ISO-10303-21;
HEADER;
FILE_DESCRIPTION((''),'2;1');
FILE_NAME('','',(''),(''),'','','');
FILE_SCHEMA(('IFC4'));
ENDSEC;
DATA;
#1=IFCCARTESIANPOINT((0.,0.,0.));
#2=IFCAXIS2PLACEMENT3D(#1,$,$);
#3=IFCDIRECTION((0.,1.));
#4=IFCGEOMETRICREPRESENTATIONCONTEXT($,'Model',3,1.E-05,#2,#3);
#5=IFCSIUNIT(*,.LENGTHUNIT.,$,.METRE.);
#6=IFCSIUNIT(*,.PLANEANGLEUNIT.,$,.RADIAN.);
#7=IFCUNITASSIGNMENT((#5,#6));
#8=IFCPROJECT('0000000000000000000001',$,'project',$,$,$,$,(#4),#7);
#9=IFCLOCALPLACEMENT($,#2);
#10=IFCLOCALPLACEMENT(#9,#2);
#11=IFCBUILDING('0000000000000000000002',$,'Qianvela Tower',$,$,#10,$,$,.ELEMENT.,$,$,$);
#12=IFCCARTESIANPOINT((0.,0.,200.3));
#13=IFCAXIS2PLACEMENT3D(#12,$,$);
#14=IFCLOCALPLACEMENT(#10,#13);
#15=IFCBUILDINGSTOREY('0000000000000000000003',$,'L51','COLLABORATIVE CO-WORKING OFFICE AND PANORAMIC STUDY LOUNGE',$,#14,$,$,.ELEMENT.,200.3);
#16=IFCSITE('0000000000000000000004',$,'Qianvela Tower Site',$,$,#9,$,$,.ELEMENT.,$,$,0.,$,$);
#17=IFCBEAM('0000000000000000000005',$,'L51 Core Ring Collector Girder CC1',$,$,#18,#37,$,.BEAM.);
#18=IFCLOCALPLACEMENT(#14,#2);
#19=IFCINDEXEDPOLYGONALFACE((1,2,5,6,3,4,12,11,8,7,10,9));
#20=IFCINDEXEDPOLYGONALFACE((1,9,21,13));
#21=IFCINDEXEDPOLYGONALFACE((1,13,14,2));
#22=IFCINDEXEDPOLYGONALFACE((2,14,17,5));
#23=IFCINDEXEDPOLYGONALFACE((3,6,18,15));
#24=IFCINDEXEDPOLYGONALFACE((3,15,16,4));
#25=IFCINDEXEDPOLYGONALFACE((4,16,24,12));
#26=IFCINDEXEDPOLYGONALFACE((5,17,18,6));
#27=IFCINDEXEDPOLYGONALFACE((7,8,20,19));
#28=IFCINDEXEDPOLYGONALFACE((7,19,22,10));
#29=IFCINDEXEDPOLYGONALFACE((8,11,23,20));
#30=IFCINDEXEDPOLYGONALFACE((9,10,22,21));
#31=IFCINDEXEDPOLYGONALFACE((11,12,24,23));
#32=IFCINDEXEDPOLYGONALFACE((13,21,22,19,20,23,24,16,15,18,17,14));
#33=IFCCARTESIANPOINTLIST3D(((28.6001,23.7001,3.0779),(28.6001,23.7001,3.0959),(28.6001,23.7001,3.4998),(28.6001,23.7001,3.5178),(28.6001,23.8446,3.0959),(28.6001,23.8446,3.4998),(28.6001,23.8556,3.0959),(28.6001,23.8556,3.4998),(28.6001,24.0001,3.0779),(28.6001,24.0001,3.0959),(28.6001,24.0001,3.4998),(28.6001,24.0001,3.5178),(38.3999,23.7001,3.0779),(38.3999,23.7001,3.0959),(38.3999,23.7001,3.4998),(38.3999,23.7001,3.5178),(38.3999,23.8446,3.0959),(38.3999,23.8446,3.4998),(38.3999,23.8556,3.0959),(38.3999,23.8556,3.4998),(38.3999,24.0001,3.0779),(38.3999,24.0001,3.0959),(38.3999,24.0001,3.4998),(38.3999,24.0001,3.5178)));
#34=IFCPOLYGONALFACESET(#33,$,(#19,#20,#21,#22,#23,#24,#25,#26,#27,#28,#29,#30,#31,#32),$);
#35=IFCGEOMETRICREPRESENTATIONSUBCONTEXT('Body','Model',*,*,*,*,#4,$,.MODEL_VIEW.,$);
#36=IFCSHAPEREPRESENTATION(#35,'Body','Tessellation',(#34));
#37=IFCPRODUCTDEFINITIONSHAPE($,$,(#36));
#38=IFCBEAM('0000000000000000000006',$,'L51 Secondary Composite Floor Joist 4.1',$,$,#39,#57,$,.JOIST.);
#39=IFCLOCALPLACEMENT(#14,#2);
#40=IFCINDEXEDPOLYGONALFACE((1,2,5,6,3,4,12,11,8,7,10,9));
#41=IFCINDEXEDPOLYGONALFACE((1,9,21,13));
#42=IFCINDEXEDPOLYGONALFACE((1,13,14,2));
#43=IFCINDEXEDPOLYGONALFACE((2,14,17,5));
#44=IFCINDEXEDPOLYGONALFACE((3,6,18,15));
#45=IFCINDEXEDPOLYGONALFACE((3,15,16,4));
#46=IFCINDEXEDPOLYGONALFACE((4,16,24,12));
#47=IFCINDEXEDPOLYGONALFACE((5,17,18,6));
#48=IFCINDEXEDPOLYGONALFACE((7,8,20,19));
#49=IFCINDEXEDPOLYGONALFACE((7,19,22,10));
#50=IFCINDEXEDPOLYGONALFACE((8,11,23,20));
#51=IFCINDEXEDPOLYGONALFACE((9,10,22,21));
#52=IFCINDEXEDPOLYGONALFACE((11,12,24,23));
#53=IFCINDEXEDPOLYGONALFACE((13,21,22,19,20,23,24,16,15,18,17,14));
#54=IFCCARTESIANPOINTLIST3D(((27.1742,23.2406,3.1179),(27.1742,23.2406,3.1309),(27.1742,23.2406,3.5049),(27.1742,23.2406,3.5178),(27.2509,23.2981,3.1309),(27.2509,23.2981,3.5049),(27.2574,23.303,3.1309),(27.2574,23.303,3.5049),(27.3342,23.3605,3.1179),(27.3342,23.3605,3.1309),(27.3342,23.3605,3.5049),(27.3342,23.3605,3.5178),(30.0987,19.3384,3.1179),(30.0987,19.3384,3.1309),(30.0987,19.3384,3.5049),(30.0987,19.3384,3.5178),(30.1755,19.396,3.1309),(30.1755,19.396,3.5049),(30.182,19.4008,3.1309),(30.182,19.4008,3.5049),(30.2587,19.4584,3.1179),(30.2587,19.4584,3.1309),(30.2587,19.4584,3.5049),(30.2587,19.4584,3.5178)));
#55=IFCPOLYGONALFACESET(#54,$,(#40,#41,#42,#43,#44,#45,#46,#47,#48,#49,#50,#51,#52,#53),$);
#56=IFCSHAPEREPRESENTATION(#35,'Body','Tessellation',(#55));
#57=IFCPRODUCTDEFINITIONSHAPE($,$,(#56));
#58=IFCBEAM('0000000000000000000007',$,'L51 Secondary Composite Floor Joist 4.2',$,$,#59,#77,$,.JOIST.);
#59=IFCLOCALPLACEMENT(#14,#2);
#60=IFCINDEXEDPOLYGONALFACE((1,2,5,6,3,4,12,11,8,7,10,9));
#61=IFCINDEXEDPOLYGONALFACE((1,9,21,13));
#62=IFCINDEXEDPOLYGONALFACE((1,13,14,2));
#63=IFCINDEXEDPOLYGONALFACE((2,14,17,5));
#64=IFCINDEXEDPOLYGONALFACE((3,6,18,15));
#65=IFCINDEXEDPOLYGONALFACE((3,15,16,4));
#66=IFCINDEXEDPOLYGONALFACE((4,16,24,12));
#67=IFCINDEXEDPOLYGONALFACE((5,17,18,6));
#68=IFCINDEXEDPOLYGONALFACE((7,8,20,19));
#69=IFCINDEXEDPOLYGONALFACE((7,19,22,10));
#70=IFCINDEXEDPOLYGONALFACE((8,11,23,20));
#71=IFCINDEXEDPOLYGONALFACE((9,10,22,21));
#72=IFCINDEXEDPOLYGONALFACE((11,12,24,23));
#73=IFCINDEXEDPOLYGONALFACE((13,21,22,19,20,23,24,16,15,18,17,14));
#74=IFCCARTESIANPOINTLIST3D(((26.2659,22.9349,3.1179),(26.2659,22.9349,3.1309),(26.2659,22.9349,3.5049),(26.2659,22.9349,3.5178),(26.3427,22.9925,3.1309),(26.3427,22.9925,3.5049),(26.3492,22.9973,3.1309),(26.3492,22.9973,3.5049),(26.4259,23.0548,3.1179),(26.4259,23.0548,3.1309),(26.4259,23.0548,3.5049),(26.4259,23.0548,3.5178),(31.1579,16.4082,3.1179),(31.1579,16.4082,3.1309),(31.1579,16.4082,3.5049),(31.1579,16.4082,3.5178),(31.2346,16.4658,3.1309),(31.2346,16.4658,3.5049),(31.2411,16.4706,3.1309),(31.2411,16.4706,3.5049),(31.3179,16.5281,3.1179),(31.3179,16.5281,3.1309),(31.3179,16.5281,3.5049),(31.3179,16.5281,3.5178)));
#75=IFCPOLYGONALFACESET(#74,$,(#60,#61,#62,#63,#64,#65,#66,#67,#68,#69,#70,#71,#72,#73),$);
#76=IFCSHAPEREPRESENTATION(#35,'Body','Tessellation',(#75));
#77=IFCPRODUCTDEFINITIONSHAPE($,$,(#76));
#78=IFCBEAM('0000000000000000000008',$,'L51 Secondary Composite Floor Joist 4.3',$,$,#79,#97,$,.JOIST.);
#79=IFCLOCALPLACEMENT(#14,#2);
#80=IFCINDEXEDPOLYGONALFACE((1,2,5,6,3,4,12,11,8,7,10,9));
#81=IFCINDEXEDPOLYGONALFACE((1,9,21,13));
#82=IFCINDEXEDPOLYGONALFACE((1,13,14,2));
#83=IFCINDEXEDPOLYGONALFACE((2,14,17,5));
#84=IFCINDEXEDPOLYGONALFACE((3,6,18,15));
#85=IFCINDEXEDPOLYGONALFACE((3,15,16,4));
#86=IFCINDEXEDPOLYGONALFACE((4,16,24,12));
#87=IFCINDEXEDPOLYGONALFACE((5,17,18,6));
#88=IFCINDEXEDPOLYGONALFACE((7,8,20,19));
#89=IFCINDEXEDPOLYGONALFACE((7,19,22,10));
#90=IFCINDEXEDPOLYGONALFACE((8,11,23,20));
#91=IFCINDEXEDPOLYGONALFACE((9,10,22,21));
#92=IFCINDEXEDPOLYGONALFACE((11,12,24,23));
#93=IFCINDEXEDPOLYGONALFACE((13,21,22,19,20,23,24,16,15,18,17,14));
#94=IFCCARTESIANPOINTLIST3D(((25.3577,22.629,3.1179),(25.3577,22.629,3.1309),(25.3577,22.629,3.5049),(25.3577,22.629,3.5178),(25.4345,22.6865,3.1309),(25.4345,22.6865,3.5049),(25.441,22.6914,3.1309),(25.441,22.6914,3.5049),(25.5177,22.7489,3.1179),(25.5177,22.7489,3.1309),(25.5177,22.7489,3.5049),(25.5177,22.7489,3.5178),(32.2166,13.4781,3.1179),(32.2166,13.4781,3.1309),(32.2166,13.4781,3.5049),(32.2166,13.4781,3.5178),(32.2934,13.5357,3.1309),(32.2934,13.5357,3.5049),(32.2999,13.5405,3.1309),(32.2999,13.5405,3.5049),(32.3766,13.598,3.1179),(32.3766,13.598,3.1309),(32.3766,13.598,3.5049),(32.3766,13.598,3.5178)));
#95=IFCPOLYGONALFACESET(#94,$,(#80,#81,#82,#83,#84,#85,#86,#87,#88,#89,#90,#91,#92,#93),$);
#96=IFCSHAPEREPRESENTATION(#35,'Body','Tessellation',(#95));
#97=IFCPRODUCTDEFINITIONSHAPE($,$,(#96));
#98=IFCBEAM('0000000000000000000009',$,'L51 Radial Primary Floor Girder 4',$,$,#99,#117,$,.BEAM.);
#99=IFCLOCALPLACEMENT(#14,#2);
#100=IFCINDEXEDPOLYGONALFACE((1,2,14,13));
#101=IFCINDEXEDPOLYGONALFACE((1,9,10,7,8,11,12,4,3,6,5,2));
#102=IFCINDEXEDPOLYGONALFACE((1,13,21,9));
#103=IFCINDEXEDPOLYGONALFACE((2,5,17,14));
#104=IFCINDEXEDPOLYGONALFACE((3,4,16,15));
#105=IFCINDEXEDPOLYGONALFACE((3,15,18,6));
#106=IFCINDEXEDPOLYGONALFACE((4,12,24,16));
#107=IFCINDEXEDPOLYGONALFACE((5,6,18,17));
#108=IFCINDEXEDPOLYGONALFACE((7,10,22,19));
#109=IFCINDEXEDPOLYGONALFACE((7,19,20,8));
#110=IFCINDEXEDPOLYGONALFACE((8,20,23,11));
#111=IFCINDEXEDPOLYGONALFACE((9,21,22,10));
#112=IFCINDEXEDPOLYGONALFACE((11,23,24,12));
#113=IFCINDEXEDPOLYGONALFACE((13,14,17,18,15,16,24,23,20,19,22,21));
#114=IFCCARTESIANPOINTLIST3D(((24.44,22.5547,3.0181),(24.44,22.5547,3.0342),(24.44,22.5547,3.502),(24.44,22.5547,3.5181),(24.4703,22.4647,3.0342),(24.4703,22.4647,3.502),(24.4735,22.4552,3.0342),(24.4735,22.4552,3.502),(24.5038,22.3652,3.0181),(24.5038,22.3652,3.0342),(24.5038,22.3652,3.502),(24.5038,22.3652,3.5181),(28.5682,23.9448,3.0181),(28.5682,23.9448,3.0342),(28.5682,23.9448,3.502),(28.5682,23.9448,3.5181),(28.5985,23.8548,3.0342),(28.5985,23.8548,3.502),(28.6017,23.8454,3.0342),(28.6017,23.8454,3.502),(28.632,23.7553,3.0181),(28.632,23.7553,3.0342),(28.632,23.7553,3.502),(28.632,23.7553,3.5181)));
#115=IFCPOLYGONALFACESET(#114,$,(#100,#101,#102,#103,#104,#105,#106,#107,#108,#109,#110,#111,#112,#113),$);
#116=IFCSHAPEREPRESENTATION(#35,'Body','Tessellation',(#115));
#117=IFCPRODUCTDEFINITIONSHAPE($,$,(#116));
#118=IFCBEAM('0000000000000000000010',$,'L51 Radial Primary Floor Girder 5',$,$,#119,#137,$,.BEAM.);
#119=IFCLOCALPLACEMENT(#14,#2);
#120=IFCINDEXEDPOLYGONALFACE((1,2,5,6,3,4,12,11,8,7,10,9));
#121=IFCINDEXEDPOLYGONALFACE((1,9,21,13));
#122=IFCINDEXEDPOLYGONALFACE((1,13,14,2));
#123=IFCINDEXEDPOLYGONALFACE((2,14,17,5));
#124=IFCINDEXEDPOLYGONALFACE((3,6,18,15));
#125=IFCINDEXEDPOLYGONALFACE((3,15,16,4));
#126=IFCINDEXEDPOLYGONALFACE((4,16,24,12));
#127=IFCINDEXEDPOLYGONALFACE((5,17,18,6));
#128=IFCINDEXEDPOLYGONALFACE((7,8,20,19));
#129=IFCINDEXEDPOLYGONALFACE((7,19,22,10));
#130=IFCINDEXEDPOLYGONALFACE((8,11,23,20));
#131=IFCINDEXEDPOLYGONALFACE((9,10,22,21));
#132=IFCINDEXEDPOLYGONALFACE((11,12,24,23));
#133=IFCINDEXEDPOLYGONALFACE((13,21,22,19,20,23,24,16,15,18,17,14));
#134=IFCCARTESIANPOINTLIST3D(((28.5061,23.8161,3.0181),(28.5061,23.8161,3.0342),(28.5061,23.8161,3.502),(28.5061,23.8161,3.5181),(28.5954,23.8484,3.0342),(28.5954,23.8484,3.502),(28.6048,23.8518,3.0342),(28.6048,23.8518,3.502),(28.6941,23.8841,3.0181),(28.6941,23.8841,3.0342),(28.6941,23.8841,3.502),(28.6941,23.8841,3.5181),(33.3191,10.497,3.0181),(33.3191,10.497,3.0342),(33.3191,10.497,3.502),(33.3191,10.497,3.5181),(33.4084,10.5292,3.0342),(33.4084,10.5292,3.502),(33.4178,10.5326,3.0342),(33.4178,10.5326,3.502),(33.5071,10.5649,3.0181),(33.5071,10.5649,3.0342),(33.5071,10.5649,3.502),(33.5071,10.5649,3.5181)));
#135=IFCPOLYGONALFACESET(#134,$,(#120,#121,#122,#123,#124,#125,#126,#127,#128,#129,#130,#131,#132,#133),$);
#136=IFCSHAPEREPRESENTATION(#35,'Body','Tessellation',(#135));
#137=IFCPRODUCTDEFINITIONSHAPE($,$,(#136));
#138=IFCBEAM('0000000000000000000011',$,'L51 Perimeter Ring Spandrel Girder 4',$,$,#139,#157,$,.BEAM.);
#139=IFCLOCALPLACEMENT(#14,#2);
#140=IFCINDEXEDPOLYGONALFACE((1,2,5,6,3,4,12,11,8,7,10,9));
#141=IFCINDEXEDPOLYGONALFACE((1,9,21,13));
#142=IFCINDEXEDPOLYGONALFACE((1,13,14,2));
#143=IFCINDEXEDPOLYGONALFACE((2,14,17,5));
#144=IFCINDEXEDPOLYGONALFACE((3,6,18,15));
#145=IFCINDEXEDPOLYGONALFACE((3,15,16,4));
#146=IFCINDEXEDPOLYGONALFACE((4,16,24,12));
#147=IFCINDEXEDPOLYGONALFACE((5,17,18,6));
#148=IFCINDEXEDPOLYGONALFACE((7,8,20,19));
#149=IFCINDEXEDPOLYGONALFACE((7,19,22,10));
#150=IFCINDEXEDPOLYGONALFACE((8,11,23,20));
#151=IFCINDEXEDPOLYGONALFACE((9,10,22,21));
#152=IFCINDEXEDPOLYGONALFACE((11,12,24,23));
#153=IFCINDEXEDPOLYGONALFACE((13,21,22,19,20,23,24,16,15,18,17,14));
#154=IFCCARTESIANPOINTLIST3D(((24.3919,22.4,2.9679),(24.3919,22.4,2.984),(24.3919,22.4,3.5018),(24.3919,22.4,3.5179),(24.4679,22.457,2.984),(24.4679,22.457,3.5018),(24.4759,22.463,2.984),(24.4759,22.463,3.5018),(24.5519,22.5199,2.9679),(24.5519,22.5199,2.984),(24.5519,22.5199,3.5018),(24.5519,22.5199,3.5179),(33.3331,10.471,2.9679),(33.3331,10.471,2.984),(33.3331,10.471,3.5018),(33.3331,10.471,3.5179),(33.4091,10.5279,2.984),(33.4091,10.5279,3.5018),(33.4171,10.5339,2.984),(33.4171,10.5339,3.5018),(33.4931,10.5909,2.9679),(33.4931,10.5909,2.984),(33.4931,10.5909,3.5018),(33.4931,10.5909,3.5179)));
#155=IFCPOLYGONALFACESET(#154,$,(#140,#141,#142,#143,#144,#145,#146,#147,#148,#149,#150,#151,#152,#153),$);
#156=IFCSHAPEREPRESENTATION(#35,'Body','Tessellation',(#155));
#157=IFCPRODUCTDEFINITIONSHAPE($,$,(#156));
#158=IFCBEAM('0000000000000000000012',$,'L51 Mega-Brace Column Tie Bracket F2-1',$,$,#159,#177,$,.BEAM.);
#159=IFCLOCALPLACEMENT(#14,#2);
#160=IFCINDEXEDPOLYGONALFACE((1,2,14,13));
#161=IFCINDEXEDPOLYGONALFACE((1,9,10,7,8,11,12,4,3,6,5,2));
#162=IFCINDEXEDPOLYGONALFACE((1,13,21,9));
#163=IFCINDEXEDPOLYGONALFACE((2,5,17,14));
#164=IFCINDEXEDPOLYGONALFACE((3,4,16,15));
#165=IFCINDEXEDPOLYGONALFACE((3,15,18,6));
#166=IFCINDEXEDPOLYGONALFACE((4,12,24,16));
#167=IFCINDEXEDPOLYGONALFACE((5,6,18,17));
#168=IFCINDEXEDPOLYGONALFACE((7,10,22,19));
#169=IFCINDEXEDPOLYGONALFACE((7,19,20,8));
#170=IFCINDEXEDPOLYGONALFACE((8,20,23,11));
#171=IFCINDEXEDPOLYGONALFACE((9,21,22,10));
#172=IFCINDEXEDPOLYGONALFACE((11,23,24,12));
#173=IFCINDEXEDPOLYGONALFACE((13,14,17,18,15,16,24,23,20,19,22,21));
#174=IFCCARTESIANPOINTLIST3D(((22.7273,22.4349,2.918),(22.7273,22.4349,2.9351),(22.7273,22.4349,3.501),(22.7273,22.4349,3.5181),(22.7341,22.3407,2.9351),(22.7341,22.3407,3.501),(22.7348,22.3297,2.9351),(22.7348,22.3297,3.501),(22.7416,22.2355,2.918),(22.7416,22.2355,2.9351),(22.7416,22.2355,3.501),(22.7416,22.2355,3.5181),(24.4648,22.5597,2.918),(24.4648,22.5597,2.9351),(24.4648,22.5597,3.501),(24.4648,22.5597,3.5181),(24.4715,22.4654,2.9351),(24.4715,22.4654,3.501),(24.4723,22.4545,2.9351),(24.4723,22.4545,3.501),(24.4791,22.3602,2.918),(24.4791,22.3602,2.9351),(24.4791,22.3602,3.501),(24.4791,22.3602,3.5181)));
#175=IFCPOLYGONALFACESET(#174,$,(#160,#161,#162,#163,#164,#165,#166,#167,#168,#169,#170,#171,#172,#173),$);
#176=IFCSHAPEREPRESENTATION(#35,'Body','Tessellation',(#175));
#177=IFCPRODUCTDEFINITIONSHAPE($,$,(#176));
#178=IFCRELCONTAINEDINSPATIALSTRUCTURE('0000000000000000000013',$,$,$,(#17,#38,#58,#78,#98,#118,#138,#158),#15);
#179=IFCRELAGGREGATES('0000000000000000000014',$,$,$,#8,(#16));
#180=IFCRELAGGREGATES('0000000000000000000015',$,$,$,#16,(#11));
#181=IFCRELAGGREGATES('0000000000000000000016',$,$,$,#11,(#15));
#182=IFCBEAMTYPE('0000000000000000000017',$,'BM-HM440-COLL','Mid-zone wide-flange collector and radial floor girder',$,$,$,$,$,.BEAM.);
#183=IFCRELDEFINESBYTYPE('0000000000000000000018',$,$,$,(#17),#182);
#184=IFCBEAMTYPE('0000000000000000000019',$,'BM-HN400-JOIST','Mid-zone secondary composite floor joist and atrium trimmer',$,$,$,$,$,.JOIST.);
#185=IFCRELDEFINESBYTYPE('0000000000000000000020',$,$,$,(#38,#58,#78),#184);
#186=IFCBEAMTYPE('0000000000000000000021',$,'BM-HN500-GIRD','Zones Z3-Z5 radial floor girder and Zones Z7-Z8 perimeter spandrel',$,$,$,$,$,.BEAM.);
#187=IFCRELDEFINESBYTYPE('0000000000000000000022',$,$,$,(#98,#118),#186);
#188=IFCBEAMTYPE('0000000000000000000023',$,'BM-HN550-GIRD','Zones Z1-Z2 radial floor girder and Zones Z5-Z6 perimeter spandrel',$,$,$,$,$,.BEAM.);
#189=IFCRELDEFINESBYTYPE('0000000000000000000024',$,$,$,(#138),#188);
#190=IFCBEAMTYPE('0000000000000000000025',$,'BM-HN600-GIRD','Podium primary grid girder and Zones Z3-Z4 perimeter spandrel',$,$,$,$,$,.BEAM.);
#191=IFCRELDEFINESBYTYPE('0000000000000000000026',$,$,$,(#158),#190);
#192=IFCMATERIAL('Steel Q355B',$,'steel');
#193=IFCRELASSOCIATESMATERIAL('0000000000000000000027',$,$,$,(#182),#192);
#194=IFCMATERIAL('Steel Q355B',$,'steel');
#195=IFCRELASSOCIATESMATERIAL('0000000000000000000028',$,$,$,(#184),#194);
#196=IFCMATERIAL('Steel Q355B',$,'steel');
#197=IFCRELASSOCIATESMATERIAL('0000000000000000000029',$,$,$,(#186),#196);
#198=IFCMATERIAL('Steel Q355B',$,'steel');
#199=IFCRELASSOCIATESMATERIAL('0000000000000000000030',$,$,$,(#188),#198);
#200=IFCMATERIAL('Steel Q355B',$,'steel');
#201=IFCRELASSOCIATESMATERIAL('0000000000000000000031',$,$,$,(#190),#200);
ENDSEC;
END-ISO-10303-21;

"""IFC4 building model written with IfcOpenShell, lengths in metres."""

from ifc_helpers import new_model, si_unit, direction, frame, origin, origin_2d, place, context, subcontext, project, spatial, i_section, extrude, material, material_profile, profile_set, type_object, element, save


model = new_model("IFC4")

# Units and contexts
model_context = context("Model", 3, precision=1e-05, world=origin(), true_north=direction((0.0, 1.0)))
body_context = subcontext(model_context, "Body", "Model", "MODEL_VIEW")
ifc_project = project(units=[si_unit("LENGTHUNIT", "METRE"), si_unit("PLANEANGLEUNIT", "RADIAN")], contexts=[model_context])

# Site, building, storey
site_placement = place(None, origin())
site = spatial("IfcSite", under=ifc_project, at=site_placement, Name="Qianvela Tower Site", CompositionType="ELEMENT", RefElevation=0.0)
building_placement = place(site_placement, origin())
building = spatial("IfcBuilding", under=site, at=building_placement, Name="Qianvela Tower", CompositionType="ELEMENT")
storey_placement = place(building_placement, frame((0.0, 0.0, 200.3)))
storey = spatial("IfcBuildingStorey", under=building, at=storey_placement, Name="L51", Description="COLLABORATIVE CO-WORKING OFFICE AND PANORAMIC STUDY LOUNGE", CompositionType="ELEMENT", Elevation=200.3)

# Beams
ifc_material_1 = material(Name="Steel Q355B", Category="steel")
ifc_material_profile_1 = material_profile(ifc_material_1, i_section(OverallWidth=0.3, OverallDepth=0.4399, WebThickness=0.011, FlangeThickness=0.0181, at=origin_2d()), Name="HM440x300x11x18")
ifc_profile_set_1 = profile_set([ifc_material_profile_1], Name="Steel Q355B")
beam_type_1 = type_object("IfcBeamType", Name="BM-HM440-COLL", Description="Mid-zone wide-flange collector and radial floor girder", PredefinedType="BEAM", material=ifc_profile_set_1)
beam_1_placement = place(storey_placement, frame((28.6001, 23.8501, 3.2979), z_axis=(1.0, 0.0, 0.0), x_axis=(0.0, 1.0, 0.0)))
element("IfcBeam", 1, at=beam_1_placement, inside=storey, type_object=beam_type_1, Name="L51 Core Ring Collector Girder CC1", PredefinedType="BEAM", context=body_context, shape_type="SweptSolid", body=[
    extrude(i_section(OverallWidth=0.3, OverallDepth=0.4399, WebThickness=0.011, FlangeThickness=0.0181, at=origin_2d()), origin(), (0.0, 0.0, 1.0), 9.7998),
])
ifc_material_2 = material(Name="Steel Q355B", Category="steel")
ifc_material_profile_2 = material_profile(ifc_material_2, i_section(OverallWidth=0.2, OverallDepth=0.3999, WebThickness=0.0081, FlangeThickness=0.0129, at=origin_2d()), Name="HN400x200x8x13")
ifc_profile_set_2 = profile_set([ifc_material_profile_2], Name="Steel Q355B")
beam_type_2 = type_object("IfcBeamType", Name="BM-HN400-JOIST", Description="Mid-zone secondary composite floor joist and atrium trimmer", PredefinedType="JOIST", material=ifc_profile_set_2)
beam_2_placement = place(storey_placement, frame((27.2542, 23.3005, 3.3179), z_axis=(0.599736, -0.800198, 0.0), x_axis=(0.800198, 0.599736, 0.0)))
element("IfcBeam", 2, at=beam_2_placement, inside=storey, type_object=beam_type_2, Name="L51 Secondary Composite Floor Joist 4.1", PredefinedType="JOIST", context=body_context, shape_type="SweptSolid", body=[
    extrude(i_section(OverallWidth=0.2, OverallDepth=0.3999, WebThickness=0.0081, FlangeThickness=0.0129, at=origin_2d()), origin(), (0.0, 0.0, 1.0), 4.8765),
])
beam_3_placement = place(storey_placement, frame((26.3459, 22.9949, 3.3179), z_axis=(0.599756, -0.800183, 0.0), x_axis=(0.800183, 0.599756, 0.0)))
element("IfcBeam", 3, at=beam_3_placement, inside=storey, type_object=beam_type_2, Name="L51 Secondary Composite Floor Joist 4.2", PredefinedType="JOIST", context=body_context, shape_type="SweptSolid", body=[
    extrude(i_section(OverallWidth=0.2, OverallDepth=0.3999, WebThickness=0.0081, FlangeThickness=0.0129, at=origin_2d()), origin(), (0.0, 0.0, 1.0), 8.1565),
])
beam_4_placement = place(storey_placement, frame((25.4377, 22.689, 3.3179), z_axis=(0.599761, -0.800179, 0.0), x_axis=(0.800179, 0.599761, 0.0)))
element("IfcBeam", 4, at=beam_4_placement, inside=storey, type_object=beam_type_2, Name="L51 Secondary Composite Floor Joist 4.3", PredefinedType="JOIST", context=body_context, shape_type="SweptSolid", body=[
    extrude(i_section(OverallWidth=0.2, OverallDepth=0.3999, WebThickness=0.0081, FlangeThickness=0.0129, at=origin_2d()), origin(), (0.0, 0.0, 1.0), 11.436),
])
ifc_material_3 = material(Name="Steel Q355B", Category="steel")
ifc_material_profile_3 = material_profile(ifc_material_3, i_section(OverallWidth=0.2, OverallDepth=0.5, WebThickness=0.01, FlangeThickness=0.0161, at=origin_2d()), Name="HN500x200x10x16")
ifc_profile_set_3 = profile_set([ifc_material_profile_3], Name="Steel Q355B")
beam_type_3 = type_object("IfcBeamType", Name="BM-HN500-GIRD", Description="Zones Z3-Z5 radial floor girder and Zones Z7-Z8 perimeter spandrel", PredefinedType="BEAM", material=ifc_profile_set_3)
beam_5_placement = place(storey_placement, frame((28.6001, 23.8501, 3.2681), z_axis=(-0.947709, -0.319135, 0.0), x_axis=(0.319135, -0.947709, 0.0)))
element("IfcBeam", 5, at=beam_5_placement, inside=storey, type_object=beam_type_3, Name="L51 Radial Primary Floor Girder 4", PredefinedType="BEAM", context=body_context, shape_type="SweptSolid", body=[
    extrude(i_section(OverallWidth=0.2, OverallDepth=0.5, WebThickness=0.01, FlangeThickness=0.0161, at=origin_2d()), origin(), (0.0, 0.0, 1.0), 4.356),
])
beam_6_placement = place(storey_placement, frame((28.6001, 23.8501, 3.2681), z_axis=(0.339852, -0.940479, 0.0), x_axis=(0.940479, 0.339852, 0.0)))
element("IfcBeam", 6, at=beam_6_placement, inside=storey, type_object=beam_type_3, Name="L51 Radial Primary Floor Girder 5", PredefinedType="BEAM", context=body_context, shape_type="SweptSolid", body=[
    extrude(i_section(OverallWidth=0.2, OverallDepth=0.5, WebThickness=0.01, FlangeThickness=0.0161, at=origin_2d()), origin(), (0.0, 0.0, 1.0), 14.1621),
])
ifc_material_4 = material(Name="Steel Q355B", Category="steel")
ifc_material_profile_4 = material_profile(ifc_material_4, i_section(OverallWidth=0.2, OverallDepth=0.55, WebThickness=0.01, FlangeThickness=0.0161, at=origin_2d()), Name="HN550x200x10x16")
ifc_profile_set_4 = profile_set([ifc_material_profile_4], Name="Steel Q355B")
beam_type_4 = type_object("IfcBeamType", Name="BM-HN550-GIRD", Description="Zones Z1-Z2 radial floor girder and Zones Z5-Z6 perimeter spandrel", PredefinedType="BEAM", material=ifc_profile_set_4)
beam_7_placement = place(storey_placement, frame((24.4719, 22.46, 3.2429), z_axis=(0.599762, -0.800179, 0.0), x_axis=(0.800179, 0.599762, 0.0)))
element("IfcBeam", 7, at=beam_7_placement, inside=storey, type_object=beam_type_4, Name="L51 Perimeter Ring Spandrel Girder 4", PredefinedType="BEAM", context=body_context, shape_type="SweptSolid", body=[
    extrude(i_section(OverallWidth=0.2, OverallDepth=0.55, WebThickness=0.01, FlangeThickness=0.0161, at=origin_2d()), origin(), (0.0, 0.0, 1.0), 14.908),
])
ifc_material_5 = material(Name="Steel Q355B", Category="steel")
ifc_material_profile_5 = material_profile(ifc_material_5, i_section(OverallWidth=0.2, OverallDepth=0.6001, WebThickness=0.011, FlangeThickness=0.0171, at=origin_2d()), Name="HN600x200x11x17")
ifc_profile_set_5 = profile_set([ifc_material_profile_5], Name="Steel Q355B")
beam_type_5 = type_object("IfcBeamType", Name="BM-HN600-GIRD", Description="Podium primary grid girder and Zones Z3-Z4 perimeter spandrel", PredefinedType="BEAM", material=ifc_profile_set_5)
beam_8_placement = place(storey_placement, frame((24.4719, 22.46, 3.218), z_axis=(-0.997432, -0.071616, 0.0), x_axis=(0.071616, -0.997432, 0.0)))
element("IfcBeam", 8, at=beam_8_placement, inside=storey, type_object=beam_type_5, Name="L51 Mega-Brace Column Tie Bracket F2-1", PredefinedType="BEAM", context=body_context, shape_type="SweptSolid", body=[
    extrude(i_section(OverallWidth=0.2, OverallDepth=0.6001, WebThickness=0.011, FlangeThickness=0.0171, at=origin_2d()), origin(), (0.0, 0.0, 1.0), 1.7419),
])

save(model, "model.ifc")
